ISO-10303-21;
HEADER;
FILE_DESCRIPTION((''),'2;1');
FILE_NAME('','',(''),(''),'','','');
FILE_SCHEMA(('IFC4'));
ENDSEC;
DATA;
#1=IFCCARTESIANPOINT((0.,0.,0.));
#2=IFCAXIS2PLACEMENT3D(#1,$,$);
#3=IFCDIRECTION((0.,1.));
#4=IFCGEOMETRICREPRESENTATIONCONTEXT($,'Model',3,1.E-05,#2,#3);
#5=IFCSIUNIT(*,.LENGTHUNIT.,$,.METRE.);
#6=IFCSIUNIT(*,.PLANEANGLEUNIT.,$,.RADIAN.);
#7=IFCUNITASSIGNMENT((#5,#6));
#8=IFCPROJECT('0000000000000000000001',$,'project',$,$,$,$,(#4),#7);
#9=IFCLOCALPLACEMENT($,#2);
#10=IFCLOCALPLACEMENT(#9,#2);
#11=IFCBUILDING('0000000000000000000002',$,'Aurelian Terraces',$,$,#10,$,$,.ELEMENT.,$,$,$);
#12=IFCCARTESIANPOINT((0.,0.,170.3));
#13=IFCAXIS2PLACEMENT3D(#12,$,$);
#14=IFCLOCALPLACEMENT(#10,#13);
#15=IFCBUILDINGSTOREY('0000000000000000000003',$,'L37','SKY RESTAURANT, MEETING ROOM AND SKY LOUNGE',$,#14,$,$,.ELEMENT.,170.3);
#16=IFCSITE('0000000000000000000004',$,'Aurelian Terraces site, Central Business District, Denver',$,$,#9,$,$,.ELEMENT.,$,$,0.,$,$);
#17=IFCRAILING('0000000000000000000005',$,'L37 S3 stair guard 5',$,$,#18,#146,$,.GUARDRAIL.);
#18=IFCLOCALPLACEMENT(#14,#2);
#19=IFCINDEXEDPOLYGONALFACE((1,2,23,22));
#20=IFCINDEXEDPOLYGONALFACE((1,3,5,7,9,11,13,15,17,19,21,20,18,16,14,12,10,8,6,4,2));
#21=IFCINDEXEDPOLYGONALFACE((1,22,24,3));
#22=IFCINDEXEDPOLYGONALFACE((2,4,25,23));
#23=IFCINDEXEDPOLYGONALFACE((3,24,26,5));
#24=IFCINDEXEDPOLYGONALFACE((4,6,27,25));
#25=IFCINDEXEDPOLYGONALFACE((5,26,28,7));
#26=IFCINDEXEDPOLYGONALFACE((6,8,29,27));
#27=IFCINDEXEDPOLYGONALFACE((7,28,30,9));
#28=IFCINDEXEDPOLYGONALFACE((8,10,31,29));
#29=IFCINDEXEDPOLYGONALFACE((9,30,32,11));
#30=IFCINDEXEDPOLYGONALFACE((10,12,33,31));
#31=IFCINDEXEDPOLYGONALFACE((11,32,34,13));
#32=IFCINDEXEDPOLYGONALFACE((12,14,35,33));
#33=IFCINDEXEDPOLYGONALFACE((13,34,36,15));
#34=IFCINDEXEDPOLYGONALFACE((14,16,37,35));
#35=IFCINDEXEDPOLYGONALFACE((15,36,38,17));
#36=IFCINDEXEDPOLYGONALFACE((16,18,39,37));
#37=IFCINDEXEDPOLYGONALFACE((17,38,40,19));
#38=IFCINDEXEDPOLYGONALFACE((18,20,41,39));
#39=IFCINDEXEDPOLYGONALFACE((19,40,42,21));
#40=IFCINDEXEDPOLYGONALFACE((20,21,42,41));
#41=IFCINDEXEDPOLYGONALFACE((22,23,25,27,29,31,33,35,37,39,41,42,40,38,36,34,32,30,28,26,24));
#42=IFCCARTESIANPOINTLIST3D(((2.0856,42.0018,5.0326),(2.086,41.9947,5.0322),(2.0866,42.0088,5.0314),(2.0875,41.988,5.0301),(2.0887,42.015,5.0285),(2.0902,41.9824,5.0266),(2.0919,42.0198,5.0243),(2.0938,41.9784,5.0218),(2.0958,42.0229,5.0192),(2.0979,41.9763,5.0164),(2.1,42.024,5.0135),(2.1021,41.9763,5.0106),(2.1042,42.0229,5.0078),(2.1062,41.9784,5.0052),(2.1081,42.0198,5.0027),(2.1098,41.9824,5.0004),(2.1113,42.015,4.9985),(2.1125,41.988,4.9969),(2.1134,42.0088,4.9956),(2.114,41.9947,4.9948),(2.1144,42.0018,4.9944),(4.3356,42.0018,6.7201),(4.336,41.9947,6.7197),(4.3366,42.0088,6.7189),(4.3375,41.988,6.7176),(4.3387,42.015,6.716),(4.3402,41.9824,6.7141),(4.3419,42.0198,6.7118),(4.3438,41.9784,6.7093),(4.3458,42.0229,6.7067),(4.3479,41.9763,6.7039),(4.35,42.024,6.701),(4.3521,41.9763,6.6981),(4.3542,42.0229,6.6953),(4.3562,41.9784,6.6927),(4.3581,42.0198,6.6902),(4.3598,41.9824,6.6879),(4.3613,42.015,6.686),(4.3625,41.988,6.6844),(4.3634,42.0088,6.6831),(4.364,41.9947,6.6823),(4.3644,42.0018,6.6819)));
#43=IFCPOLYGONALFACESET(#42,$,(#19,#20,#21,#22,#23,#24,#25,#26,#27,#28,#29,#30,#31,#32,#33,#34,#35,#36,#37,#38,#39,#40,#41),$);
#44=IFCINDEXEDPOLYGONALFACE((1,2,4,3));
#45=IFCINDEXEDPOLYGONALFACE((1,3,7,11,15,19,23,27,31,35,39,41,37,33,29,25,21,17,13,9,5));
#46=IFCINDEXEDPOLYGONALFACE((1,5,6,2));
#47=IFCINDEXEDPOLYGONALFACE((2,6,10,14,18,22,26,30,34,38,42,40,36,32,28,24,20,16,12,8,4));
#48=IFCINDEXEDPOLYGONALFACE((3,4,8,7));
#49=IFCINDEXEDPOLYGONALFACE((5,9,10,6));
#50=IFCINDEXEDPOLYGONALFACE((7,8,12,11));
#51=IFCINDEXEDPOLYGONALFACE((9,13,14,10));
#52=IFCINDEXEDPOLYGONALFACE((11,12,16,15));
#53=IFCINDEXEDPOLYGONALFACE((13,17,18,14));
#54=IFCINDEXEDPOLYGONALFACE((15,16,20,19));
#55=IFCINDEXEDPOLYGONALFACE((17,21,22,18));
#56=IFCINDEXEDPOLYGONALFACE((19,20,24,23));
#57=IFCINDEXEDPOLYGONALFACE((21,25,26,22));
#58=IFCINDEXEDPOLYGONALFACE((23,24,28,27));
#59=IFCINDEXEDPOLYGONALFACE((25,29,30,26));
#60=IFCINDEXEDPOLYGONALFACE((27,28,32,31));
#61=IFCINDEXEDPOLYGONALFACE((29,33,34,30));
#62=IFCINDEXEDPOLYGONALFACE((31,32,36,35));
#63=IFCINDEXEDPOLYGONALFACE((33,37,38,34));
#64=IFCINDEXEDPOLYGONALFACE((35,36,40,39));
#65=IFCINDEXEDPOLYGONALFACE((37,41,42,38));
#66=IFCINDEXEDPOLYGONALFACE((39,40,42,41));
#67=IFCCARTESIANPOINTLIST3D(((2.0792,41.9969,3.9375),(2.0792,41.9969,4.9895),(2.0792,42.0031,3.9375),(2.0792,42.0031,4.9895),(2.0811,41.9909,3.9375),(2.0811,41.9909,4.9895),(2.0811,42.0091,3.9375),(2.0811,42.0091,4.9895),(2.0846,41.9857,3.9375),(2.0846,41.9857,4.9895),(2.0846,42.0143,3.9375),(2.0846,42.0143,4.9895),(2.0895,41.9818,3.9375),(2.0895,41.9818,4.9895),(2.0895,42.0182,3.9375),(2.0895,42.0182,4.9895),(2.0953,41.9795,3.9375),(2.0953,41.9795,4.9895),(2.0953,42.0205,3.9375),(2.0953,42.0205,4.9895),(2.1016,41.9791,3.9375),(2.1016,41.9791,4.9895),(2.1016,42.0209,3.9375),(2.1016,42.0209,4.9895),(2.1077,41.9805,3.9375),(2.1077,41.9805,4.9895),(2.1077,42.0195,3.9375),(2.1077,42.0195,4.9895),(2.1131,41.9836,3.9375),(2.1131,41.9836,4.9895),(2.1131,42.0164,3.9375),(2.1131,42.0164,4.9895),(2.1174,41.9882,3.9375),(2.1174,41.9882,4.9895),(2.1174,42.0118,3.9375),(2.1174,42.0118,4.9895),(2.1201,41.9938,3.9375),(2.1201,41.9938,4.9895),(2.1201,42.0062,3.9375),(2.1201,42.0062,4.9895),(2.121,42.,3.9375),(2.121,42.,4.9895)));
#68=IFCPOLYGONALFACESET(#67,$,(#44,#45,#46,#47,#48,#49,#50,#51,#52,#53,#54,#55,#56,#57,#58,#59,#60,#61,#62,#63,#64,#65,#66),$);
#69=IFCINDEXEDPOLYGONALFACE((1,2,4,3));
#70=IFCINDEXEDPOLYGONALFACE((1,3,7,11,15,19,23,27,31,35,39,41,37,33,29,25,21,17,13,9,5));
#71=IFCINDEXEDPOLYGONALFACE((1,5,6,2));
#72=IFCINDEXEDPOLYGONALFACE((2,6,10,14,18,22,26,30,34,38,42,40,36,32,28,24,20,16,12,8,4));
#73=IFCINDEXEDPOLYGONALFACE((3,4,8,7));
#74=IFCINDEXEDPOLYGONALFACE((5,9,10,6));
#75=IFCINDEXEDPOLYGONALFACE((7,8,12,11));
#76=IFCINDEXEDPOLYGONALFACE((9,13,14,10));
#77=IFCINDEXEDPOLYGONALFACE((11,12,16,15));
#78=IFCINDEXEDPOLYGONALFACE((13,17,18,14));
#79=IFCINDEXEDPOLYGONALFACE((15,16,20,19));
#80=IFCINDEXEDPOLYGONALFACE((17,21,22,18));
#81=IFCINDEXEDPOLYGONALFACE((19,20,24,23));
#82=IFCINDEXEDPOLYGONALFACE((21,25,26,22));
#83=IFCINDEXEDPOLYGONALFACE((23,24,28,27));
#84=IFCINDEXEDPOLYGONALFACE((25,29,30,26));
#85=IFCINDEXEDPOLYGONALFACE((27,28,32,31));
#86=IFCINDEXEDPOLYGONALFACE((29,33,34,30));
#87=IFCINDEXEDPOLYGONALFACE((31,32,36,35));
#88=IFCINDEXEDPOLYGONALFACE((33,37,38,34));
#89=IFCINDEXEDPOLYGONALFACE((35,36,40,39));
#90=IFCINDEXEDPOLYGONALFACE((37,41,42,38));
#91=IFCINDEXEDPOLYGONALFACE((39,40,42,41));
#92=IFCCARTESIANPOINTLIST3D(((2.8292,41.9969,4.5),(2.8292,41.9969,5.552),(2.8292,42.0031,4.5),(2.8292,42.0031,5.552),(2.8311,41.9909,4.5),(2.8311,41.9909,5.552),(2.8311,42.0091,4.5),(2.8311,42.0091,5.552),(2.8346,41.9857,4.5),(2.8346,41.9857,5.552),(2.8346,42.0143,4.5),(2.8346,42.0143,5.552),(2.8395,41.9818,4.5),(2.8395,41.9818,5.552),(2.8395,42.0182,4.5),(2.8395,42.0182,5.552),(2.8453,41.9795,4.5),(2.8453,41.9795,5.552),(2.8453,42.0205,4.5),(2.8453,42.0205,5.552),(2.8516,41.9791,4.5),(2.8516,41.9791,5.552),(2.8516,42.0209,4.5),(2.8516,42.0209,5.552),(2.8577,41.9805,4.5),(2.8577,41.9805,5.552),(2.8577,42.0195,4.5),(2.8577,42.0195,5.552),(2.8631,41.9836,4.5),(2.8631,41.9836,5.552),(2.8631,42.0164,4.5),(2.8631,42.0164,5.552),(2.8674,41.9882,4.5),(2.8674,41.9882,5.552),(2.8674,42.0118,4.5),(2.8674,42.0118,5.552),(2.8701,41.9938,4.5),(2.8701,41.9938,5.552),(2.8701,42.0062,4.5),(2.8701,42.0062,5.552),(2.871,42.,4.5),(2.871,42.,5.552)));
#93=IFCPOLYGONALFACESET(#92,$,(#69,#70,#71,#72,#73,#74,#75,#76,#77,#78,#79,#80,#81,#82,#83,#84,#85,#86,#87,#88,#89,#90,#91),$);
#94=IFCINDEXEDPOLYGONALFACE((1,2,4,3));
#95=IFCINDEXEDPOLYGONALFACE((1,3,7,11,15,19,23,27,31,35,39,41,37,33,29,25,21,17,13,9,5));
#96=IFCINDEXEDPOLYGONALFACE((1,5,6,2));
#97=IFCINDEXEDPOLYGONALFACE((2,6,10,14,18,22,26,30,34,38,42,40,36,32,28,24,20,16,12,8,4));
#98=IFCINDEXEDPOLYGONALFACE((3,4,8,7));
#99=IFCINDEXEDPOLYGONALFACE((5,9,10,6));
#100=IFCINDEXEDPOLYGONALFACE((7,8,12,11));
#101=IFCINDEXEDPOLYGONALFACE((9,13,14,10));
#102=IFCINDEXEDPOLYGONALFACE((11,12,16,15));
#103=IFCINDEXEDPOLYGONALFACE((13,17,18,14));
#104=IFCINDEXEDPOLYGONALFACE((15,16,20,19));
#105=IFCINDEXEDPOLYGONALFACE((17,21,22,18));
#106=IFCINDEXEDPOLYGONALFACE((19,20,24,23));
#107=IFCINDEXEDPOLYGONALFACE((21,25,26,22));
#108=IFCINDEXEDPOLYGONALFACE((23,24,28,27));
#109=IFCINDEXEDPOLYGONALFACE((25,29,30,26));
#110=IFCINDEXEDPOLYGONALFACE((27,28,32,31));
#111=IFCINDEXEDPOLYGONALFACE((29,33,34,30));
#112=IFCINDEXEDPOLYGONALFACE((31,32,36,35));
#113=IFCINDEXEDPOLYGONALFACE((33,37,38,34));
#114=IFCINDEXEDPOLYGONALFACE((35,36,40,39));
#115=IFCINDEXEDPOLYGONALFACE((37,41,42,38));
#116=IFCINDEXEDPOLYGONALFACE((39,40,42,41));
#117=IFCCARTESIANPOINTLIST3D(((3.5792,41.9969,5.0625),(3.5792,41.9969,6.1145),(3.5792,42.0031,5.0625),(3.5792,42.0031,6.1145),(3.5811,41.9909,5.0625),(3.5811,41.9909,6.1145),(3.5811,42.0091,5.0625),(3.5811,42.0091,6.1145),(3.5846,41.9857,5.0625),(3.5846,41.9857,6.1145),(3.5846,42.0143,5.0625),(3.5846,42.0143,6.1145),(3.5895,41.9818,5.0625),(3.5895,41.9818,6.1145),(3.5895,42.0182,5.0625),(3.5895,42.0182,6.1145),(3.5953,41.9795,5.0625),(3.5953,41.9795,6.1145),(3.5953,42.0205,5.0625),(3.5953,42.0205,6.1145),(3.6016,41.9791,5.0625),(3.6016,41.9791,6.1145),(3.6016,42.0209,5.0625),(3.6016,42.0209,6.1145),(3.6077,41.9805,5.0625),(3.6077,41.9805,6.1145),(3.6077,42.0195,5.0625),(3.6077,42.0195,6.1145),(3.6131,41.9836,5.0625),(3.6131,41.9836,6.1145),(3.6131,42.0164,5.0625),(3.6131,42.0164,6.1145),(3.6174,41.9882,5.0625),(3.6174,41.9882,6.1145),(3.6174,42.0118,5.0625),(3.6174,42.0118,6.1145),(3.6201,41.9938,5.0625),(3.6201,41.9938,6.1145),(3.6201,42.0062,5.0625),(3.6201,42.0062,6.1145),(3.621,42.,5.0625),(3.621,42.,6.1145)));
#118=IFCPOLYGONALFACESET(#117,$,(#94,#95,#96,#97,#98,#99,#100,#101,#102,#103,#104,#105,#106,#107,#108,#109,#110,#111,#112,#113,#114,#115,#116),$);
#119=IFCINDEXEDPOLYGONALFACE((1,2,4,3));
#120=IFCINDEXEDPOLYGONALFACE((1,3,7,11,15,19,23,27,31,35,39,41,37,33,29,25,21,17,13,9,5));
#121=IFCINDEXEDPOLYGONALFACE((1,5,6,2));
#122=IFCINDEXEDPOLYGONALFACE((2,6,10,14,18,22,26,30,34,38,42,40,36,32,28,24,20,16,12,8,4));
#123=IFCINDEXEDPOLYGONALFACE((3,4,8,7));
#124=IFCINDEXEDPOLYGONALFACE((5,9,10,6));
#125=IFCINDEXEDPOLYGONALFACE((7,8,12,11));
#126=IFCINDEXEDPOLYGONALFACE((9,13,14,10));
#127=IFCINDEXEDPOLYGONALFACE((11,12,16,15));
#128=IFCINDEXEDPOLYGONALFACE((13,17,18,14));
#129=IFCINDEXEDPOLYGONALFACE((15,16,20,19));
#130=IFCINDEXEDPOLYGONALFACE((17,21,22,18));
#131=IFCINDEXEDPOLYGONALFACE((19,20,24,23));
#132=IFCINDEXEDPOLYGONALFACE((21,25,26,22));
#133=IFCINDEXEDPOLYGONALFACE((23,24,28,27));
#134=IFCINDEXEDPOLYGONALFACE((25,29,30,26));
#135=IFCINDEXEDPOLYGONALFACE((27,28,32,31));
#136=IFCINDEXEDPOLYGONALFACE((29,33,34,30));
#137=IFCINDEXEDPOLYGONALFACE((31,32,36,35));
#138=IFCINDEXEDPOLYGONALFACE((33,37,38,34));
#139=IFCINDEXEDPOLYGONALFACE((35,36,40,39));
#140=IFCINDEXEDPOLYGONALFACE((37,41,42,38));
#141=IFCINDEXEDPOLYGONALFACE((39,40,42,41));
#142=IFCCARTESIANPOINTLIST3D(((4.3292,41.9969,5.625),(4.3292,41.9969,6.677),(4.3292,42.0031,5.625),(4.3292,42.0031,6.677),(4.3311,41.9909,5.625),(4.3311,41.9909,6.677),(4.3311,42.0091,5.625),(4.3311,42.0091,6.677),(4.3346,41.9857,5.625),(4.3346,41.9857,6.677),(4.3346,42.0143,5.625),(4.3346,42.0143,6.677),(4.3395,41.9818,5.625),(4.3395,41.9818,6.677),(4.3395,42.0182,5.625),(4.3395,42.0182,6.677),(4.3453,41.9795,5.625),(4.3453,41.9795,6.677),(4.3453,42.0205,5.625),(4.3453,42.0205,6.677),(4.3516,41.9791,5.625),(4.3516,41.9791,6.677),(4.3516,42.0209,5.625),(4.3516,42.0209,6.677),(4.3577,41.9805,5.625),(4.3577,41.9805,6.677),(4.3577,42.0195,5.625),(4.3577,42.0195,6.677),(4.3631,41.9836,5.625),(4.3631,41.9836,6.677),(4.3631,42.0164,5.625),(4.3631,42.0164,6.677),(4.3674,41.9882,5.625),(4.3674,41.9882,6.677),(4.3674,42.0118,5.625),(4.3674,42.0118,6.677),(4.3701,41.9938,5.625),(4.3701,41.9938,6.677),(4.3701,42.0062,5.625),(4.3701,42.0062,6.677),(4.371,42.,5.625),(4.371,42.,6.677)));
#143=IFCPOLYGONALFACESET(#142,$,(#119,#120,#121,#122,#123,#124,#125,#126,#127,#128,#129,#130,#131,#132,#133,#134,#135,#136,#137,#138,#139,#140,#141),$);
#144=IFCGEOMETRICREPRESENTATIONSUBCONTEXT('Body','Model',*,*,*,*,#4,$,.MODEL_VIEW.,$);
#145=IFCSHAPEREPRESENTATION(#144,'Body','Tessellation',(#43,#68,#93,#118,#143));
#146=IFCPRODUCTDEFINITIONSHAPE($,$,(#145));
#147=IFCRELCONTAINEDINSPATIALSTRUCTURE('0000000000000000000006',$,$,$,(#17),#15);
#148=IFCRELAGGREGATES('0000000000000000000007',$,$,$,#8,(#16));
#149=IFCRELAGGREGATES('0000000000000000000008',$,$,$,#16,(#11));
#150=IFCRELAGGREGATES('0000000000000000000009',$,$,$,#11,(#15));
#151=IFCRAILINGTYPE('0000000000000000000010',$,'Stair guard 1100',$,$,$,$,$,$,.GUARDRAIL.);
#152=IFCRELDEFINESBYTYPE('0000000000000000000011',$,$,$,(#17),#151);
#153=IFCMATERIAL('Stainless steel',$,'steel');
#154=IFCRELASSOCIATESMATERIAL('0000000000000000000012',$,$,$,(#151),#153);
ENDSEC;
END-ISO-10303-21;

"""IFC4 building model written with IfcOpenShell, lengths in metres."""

from ifc_helpers import new_model, si_unit, direction, frame, origin, origin_2d, place, context, subcontext, project, spatial, circle, extrude, source, transform, mapped, material, type_object, element, save


model = new_model("IFC4")

# Units and contexts
model_context = context("Model", 3, precision=1e-05, world=origin(), true_north=direction((0.0, 1.0)))
body_context = subcontext(model_context, "Body", "Model", "MODEL_VIEW")
ifc_project = project(units=[si_unit("LENGTHUNIT", "METRE"), si_unit("PLANEANGLEUNIT", "RADIAN")], contexts=[model_context])

# Site, building, storey
site_placement = place(None, origin())
site = spatial("IfcSite", under=ifc_project, at=site_placement, Name="Aurelian Terraces site, Central Business District, Denver", CompositionType="ELEMENT", RefElevation=0.0)
building_placement = place(site_placement, origin())
building = spatial("IfcBuilding", under=site, at=building_placement, Name="Aurelian Terraces", CompositionType="ELEMENT")
storey_placement = place(building_placement, frame((0.0, 0.0, 170.3)))
storey = spatial("IfcBuildingStorey", under=building, at=storey_placement, Name="L37", Description="SKY RESTAURANT, MEETING ROOM AND SKY LOUNGE", CompositionType="ELEMENT", Elevation=170.3)

# Railing
ifc_material_1 = material(Name="Stainless steel", Category="steel")
railing_type_1 = type_object("IfcRailingType", Name="Stair guard 1100", PredefinedType="GUARDRAIL", material=ifc_material_1)
shared_shape_1 = source(origin(), body_context, "Body", "SweptSolid", [
    extrude(circle(Radius=0.024, at=origin_2d()), frame((0.0, 0.0, 1.076), z_axis=(0.8, 0.0, 0.6), x_axis=(0.0, 1.0, 0.0)), (0.0, 0.0, 1.0), 2.8125),
    extrude(circle(Radius=0.021, at=origin_2d()), origin(), (0.0, 0.0, 1.0), 1.052),
    extrude(circle(Radius=0.021, at=origin_2d()), frame((0.75, 0.0, 0.5625)), (0.0, 0.0, 1.0), 1.052),
    extrude(circle(Radius=0.021, at=origin_2d()), frame((1.5, 0.0, 1.125)), (0.0, 0.0, 1.0), 1.052),
    extrude(circle(Radius=0.021, at=origin_2d()), frame((2.25, 0.0, 1.6875)), (0.0, 0.0, 1.0), 1.052),
])
for number, where, name in (
    (1, (2.1, 42.0, 3.9375), "L37 S3 stair guard 5"),
):
    element("IfcRailing", number, at=place(storey_placement, frame(where)), inside=storey, type_object=railing_type_1, Name=name, PredefinedType="GUARDRAIL", context=body_context, shape_type="MappedRepresentation", body=[
        mapped(shared_shape_1, transform((0.0, 0.0, 0.0), scale=1.0)),
    ])

save(model, "model.ifc")
